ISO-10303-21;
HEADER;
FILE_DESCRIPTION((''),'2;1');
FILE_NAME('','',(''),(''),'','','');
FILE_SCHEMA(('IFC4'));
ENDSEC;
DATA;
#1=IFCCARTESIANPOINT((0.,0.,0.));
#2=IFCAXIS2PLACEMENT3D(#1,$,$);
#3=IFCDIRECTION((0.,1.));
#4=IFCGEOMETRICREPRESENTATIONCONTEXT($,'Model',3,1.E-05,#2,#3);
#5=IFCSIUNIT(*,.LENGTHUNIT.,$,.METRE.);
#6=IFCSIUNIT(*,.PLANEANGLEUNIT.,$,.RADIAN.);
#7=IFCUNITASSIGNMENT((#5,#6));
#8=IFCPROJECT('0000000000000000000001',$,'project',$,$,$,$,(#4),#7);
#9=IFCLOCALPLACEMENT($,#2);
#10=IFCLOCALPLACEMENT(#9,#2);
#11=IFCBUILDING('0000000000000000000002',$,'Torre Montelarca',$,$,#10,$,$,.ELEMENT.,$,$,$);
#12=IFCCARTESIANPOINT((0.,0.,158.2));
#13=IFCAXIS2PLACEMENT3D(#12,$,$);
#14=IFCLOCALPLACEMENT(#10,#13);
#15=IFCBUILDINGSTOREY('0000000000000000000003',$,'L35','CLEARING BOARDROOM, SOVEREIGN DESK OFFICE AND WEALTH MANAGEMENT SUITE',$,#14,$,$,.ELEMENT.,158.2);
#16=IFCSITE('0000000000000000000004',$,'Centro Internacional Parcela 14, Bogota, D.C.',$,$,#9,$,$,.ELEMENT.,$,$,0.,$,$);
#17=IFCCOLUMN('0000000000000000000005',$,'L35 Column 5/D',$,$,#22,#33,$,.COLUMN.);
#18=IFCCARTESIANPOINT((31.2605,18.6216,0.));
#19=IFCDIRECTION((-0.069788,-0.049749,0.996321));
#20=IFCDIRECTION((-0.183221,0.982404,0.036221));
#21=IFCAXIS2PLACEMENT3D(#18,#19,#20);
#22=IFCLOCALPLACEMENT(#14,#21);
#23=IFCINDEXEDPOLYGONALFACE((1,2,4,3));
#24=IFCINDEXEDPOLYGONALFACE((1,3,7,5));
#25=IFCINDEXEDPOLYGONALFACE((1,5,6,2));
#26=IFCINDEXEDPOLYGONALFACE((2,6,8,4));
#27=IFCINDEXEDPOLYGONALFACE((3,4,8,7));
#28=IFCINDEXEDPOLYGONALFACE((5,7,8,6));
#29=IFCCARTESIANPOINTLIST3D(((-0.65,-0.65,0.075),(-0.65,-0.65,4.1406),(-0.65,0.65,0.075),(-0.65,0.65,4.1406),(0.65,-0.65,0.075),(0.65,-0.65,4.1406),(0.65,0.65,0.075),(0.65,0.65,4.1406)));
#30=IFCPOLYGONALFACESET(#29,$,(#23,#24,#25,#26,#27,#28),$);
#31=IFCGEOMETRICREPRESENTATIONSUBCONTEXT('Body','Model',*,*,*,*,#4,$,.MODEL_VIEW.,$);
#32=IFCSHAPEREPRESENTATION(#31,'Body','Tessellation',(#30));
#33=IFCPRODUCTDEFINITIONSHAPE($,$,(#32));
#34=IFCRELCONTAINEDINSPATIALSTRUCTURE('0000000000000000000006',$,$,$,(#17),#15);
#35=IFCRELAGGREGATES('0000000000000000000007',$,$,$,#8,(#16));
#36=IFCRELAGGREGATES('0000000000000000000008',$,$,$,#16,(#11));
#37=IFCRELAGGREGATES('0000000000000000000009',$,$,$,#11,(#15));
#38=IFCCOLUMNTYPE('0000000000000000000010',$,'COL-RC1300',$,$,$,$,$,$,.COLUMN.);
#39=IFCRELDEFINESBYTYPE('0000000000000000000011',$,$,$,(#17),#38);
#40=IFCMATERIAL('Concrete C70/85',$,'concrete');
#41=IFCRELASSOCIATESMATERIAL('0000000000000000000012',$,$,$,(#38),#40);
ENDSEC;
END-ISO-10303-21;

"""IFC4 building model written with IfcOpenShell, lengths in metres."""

from ifc_helpers import new_model, si_unit, direction, frame, origin, origin_2d, place, context, subcontext, project, spatial, rectangle, extrude, clip, halfspace, material, material_profile, profile_set, type_object, element, save


model = new_model("IFC4")

# Units and contexts
model_context = context("Model", 3, precision=1e-05, world=origin(), true_north=direction((0.0, 1.0)))
body_context = subcontext(model_context, "Body", "Model", "MODEL_VIEW")
ifc_project = project(units=[si_unit("LENGTHUNIT", "METRE"), si_unit("PLANEANGLEUNIT", "RADIAN")], contexts=[model_context])

# Site, building, storey
site_placement = place(None, origin())
site = spatial("IfcSite", under=ifc_project, at=site_placement, Name="Centro Internacional Parcela 14, Bogota, D.C.", CompositionType="ELEMENT", RefElevation=0.0)
building_placement = place(site_placement, origin())
building = spatial("IfcBuilding", under=site, at=building_placement, Name="Torre Montelarca", CompositionType="ELEMENT")
storey_placement = place(building_placement, frame((0.0, 0.0, 158.2)))
storey = spatial("IfcBuildingStorey", under=building, at=storey_placement, Name="L35", Description="CLEARING BOARDROOM, SOVEREIGN DESK OFFICE AND WEALTH MANAGEMENT SUITE", CompositionType="ELEMENT", Elevation=158.2)

# Column
ifc_material_1 = material(Name="Concrete C70/85", Category="concrete")
ifc_material_profile_1 = material_profile(ifc_material_1, rectangle(XDim=1.3, YDim=1.3, at=origin_2d()), Name="RC1300X1300", Category="concrete")
ifc_profile_set_1 = profile_set([ifc_material_profile_1], Name="Concrete C70/85")
column_type_1 = type_object("IfcColumnType", Name="COL-RC1300", PredefinedType="COLUMN", material=ifc_profile_set_1)
column_1_placement = place(storey_placement, frame((31.2605, 18.6216, 0.0), z_axis=(-0.069788, -0.049749, 0.996321), x_axis=(-0.183221, 0.982404, 0.036221)))
element("IfcColumn", 1, at=column_1_placement, inside=storey, type_object=column_type_1, Name="L35 Column 5/D", PredefinedType="COLUMN", context=body_context, shape_type="Clipping", body=[
    clip(clip(extrude(rectangle(XDim=1.3, YDim=1.3, at=origin_2d()), origin(), (0.0, 0.0, 1.0), 4.2156), halfspace(frame((0.0, 0.0, 0.075), z_axis=(0.0, 0.0, -1.0), x_axis=(1.0, 0.0, 0.0)), False)), halfspace(frame((0.0, 0.0, 4.1406), z_axis=(0.0, 0.0, 1.0), x_axis=(1.0, 0.0, 0.0)), False)),
])

save(model, "model.ifc")
